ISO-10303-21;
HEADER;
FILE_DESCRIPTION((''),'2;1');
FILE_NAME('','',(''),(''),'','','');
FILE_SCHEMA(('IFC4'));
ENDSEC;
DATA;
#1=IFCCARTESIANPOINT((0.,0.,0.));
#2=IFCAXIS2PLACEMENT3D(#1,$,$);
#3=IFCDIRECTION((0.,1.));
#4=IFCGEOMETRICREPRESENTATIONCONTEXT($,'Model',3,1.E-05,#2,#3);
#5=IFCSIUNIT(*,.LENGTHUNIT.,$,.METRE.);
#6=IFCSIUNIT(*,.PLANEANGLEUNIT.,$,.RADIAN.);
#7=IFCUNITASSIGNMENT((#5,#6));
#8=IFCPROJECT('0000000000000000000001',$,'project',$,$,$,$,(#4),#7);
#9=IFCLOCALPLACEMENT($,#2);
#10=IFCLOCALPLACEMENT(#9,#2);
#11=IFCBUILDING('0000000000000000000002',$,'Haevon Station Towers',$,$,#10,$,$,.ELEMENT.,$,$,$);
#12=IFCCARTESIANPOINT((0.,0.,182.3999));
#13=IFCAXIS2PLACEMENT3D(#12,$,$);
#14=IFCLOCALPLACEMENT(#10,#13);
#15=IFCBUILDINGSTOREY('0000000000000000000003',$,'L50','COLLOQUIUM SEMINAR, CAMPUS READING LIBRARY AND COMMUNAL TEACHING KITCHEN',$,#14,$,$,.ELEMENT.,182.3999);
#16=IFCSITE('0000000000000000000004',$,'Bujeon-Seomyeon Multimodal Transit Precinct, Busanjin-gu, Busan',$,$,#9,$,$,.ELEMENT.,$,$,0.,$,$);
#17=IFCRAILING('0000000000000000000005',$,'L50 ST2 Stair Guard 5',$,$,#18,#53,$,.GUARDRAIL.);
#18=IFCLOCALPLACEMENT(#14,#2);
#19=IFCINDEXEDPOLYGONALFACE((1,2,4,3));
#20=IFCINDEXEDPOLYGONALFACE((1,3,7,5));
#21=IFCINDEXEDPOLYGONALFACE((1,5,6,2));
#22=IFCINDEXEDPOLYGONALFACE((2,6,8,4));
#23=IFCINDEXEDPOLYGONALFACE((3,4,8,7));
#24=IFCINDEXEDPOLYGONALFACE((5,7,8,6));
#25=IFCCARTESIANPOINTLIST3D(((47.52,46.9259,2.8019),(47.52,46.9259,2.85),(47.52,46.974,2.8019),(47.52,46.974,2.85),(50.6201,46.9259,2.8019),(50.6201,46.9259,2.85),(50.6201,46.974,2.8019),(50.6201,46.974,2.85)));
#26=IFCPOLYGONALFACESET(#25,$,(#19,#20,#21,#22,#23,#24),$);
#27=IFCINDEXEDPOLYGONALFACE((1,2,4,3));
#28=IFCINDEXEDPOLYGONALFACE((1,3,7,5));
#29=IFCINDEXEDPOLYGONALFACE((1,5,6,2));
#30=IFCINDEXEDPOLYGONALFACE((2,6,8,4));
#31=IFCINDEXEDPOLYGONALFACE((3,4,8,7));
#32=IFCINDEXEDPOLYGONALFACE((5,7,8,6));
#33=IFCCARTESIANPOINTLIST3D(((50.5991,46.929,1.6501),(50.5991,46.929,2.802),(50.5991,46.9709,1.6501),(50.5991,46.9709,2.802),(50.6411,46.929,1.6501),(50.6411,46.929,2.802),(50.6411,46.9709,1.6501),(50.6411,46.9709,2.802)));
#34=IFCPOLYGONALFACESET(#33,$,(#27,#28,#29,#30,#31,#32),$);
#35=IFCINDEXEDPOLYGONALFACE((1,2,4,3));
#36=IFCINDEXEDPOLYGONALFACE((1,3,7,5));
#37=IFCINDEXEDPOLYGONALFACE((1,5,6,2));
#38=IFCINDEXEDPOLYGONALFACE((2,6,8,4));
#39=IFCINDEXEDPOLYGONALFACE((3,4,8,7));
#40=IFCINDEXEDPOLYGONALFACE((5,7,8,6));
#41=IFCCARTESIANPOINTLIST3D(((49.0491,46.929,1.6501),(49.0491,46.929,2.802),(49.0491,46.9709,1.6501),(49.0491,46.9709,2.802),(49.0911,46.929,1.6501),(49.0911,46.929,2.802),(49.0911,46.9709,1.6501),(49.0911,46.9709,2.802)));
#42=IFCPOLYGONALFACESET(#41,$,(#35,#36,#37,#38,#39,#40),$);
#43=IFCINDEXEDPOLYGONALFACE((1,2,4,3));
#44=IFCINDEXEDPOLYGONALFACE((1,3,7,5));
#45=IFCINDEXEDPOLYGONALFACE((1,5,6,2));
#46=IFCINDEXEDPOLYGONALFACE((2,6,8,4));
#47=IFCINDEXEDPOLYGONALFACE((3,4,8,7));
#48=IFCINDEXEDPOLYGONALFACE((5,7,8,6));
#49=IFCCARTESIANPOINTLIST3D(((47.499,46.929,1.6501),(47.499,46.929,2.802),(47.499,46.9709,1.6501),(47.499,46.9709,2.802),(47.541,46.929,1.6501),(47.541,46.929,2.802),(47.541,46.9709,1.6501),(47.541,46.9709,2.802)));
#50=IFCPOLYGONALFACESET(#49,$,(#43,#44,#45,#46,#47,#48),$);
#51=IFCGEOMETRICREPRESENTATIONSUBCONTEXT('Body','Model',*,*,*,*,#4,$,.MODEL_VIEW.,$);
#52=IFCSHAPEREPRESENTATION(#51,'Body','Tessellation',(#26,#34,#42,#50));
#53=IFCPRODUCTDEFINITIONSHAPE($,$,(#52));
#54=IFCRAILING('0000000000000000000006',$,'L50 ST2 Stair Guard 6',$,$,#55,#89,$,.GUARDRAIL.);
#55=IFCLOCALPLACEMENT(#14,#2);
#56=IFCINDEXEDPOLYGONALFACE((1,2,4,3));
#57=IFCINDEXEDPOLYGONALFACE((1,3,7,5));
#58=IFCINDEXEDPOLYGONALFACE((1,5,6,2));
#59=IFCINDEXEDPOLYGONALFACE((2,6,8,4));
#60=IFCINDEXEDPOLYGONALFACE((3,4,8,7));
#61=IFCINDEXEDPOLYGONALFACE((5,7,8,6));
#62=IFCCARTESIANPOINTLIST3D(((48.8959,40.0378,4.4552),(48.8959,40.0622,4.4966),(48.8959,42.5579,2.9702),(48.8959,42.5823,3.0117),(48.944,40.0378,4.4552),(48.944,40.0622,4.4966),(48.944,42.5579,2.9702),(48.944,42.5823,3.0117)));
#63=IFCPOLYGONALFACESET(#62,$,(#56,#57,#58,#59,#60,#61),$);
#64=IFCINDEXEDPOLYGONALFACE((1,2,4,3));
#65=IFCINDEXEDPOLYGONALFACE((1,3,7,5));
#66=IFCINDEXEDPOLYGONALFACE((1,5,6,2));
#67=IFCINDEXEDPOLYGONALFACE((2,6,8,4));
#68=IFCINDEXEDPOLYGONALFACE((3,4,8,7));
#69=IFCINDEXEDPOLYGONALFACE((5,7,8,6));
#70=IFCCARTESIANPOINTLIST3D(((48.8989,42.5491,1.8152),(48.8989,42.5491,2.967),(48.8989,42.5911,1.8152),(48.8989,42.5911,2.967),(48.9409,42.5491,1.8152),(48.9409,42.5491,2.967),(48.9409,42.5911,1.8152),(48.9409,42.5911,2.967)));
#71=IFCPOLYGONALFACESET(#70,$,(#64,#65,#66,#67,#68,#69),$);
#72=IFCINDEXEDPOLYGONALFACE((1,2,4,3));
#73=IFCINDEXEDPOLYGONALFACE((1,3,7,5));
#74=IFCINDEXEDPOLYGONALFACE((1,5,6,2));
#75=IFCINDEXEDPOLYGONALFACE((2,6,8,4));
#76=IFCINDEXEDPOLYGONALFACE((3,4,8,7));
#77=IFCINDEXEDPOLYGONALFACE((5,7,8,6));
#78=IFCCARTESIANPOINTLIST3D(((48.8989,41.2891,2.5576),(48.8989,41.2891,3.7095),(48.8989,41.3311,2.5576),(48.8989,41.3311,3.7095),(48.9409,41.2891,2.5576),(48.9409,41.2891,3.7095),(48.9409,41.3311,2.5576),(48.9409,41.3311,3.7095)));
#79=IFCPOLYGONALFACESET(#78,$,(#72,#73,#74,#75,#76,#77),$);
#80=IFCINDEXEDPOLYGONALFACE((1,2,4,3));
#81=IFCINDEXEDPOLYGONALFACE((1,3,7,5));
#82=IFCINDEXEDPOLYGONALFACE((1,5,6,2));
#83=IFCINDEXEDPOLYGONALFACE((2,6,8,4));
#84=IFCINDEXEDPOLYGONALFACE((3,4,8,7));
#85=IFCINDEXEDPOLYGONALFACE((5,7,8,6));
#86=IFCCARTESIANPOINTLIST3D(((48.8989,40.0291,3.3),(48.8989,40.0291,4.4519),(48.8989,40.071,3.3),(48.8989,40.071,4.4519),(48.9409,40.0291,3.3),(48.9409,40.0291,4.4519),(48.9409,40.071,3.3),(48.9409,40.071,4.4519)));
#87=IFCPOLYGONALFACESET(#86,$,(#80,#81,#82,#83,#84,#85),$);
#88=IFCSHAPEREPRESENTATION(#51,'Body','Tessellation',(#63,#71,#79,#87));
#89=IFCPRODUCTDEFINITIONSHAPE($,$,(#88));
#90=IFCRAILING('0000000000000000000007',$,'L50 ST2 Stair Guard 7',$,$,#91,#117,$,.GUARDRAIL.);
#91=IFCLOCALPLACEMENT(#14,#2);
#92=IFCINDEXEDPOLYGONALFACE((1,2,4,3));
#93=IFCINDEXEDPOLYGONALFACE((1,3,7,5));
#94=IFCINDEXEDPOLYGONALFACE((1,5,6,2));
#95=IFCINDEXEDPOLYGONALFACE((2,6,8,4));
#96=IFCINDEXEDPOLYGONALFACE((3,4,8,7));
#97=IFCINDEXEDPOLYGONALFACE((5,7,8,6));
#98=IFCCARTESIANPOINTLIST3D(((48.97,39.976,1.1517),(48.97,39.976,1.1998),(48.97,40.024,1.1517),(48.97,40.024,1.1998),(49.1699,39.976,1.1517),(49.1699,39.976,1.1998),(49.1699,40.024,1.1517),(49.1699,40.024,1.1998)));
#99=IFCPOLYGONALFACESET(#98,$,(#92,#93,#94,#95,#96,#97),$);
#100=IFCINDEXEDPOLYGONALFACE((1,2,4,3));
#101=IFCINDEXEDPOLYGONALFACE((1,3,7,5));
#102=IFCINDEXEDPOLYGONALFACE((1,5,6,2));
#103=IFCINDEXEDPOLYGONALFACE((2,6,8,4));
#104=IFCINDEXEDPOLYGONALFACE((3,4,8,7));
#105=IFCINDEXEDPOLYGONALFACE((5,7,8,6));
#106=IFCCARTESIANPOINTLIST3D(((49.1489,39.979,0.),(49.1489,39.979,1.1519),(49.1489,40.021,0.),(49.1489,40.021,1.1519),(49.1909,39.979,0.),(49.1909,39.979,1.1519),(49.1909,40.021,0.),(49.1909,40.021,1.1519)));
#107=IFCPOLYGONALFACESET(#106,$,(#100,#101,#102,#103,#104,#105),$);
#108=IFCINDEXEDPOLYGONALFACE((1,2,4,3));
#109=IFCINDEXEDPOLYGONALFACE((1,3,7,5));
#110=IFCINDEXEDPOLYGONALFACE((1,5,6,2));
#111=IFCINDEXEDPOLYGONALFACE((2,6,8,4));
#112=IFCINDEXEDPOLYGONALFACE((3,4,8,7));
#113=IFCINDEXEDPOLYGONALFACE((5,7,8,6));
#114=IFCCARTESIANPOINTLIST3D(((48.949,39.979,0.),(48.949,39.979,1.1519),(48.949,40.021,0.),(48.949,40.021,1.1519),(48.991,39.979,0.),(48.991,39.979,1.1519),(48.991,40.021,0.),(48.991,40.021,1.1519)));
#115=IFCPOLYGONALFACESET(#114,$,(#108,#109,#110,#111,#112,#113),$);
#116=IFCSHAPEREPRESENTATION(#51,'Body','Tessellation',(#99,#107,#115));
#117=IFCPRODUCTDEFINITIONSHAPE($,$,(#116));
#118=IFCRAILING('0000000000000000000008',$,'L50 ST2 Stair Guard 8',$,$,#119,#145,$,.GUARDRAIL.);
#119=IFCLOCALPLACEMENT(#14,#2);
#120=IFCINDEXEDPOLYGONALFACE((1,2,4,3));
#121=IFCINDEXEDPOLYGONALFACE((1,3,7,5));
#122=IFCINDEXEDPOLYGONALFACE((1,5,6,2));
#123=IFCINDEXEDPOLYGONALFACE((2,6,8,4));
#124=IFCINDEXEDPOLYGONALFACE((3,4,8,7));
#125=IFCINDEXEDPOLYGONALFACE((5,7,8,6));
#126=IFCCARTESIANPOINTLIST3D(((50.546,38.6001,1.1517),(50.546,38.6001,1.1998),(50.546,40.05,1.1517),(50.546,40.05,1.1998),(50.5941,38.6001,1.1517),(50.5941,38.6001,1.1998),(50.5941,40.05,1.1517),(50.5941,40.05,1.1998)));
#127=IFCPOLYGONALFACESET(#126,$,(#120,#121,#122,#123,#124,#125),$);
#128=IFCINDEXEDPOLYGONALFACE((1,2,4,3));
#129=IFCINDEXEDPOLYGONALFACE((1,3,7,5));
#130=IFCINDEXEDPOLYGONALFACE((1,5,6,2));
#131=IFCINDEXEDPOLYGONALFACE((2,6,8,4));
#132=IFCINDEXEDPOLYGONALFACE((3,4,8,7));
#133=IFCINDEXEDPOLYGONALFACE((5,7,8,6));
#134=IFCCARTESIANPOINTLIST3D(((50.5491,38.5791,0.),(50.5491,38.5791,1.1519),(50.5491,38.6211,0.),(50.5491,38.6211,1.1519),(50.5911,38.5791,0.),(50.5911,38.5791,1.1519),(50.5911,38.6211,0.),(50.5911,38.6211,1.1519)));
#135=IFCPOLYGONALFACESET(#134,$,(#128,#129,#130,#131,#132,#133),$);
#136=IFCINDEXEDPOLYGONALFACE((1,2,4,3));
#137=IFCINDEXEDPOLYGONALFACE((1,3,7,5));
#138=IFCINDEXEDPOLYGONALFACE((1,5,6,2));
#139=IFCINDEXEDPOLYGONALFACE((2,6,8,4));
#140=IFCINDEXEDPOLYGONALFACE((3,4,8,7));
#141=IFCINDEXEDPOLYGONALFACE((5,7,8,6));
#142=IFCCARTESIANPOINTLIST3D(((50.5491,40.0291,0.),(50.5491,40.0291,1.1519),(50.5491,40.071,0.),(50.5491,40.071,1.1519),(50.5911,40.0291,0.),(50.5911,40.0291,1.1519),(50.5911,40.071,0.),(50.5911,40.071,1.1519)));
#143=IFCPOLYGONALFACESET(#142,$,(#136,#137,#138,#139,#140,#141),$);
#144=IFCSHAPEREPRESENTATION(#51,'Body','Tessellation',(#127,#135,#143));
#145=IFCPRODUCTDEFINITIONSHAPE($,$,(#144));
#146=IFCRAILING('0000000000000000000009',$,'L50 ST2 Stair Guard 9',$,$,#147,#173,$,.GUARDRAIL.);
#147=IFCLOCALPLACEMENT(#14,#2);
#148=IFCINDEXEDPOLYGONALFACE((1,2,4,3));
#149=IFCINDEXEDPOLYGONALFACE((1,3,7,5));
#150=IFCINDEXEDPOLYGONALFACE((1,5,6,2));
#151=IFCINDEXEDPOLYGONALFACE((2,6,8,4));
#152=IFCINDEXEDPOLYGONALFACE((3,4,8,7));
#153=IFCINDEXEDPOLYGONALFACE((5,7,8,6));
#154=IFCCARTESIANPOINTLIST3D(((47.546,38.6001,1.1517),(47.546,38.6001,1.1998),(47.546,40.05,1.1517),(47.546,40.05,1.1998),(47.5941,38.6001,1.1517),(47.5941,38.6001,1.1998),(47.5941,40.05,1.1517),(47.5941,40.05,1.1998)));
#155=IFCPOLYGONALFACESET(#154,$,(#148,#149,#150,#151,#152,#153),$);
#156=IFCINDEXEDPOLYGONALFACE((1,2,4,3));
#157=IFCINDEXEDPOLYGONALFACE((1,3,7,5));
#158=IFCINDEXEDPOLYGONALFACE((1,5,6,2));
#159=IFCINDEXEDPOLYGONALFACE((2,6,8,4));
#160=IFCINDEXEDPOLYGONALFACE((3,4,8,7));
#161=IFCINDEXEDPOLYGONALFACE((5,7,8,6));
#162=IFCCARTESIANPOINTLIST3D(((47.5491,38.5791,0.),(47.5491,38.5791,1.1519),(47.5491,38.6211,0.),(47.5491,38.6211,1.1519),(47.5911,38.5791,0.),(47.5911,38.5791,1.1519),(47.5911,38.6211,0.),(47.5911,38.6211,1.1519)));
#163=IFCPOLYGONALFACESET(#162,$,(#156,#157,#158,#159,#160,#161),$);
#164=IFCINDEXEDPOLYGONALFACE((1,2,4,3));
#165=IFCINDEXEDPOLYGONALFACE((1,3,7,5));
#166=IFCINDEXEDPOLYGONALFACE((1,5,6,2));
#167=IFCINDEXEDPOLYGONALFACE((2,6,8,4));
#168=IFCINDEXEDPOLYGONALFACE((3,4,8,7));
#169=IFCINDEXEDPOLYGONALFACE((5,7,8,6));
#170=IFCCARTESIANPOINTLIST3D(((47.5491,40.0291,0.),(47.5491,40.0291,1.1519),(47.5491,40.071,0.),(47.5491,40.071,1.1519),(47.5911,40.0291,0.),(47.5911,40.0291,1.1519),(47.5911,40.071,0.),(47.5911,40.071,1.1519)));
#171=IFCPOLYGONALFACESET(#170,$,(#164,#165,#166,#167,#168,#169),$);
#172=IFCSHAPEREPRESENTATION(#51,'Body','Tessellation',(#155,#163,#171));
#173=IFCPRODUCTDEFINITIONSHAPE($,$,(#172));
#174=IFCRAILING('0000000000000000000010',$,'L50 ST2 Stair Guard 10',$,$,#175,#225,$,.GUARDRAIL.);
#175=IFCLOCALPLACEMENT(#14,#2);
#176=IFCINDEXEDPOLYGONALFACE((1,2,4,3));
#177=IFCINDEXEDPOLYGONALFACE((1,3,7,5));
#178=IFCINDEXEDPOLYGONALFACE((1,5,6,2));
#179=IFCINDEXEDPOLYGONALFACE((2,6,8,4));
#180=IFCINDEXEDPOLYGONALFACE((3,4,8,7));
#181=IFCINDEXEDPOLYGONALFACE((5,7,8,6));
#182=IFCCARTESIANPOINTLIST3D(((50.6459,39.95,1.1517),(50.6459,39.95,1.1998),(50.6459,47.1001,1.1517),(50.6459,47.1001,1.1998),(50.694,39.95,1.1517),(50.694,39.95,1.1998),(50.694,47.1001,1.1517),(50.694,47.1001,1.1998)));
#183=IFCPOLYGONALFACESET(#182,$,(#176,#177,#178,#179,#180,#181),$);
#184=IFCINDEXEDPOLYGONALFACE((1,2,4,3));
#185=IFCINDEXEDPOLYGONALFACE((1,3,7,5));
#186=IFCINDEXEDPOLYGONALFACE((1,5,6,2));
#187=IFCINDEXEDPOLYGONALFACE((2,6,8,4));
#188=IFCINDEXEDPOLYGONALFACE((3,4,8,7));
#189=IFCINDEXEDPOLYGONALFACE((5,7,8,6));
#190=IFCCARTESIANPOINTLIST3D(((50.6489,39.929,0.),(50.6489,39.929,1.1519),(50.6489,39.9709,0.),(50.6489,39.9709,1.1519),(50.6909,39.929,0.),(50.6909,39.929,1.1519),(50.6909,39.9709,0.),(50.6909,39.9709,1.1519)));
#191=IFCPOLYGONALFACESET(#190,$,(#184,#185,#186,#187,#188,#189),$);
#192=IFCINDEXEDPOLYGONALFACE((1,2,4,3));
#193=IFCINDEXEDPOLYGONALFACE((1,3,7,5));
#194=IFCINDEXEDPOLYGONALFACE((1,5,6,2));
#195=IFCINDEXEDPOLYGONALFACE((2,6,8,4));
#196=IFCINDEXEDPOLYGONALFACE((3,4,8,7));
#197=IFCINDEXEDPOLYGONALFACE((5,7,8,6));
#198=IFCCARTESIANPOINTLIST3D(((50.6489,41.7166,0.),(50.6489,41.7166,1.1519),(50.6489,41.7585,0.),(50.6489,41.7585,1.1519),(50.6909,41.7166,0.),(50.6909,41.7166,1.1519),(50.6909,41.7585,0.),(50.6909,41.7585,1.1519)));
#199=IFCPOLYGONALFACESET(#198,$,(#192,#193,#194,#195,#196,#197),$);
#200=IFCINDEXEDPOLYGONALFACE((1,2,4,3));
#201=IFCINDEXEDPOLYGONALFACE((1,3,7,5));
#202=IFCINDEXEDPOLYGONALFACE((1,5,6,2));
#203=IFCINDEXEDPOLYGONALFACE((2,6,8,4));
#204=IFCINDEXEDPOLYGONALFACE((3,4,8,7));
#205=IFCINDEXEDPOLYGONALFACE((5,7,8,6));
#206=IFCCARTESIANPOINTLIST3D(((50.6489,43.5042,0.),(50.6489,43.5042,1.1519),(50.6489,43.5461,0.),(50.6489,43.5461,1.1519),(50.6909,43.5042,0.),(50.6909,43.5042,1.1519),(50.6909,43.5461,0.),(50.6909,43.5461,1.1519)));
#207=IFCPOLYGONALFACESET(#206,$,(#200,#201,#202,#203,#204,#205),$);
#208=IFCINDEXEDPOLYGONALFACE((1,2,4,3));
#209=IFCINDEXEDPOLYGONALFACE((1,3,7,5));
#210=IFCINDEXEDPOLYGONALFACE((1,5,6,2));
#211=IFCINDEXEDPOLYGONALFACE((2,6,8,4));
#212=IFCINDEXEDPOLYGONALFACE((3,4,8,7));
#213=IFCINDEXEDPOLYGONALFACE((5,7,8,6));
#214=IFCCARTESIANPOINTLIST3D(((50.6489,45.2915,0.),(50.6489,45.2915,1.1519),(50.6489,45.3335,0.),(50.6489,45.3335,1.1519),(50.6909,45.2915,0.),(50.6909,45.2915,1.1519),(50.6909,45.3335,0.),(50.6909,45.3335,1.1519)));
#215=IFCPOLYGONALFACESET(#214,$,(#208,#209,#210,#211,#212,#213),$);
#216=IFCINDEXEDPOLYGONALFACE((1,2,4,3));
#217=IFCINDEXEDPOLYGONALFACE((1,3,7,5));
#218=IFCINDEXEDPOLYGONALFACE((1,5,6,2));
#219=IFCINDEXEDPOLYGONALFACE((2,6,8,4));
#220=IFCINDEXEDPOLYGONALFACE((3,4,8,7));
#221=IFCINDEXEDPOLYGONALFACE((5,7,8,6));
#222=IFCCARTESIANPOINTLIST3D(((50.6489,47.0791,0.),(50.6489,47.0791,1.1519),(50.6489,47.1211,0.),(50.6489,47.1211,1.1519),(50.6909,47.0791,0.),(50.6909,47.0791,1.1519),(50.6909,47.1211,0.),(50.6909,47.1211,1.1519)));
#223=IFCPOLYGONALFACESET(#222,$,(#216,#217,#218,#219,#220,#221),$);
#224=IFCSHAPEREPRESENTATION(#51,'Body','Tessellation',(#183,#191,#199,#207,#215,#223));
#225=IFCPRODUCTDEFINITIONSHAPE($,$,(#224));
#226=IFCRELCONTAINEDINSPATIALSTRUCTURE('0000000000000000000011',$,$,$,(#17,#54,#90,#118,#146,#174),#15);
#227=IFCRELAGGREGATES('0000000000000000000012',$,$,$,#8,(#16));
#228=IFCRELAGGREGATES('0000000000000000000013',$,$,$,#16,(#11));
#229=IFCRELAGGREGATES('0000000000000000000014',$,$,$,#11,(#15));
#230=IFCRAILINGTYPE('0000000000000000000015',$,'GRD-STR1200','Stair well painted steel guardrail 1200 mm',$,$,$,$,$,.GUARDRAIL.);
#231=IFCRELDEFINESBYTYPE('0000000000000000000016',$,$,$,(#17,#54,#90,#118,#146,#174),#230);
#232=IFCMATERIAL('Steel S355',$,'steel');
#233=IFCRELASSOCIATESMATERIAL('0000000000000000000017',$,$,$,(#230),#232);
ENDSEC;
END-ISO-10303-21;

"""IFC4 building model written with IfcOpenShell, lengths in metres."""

from ifc_helpers import new_model, si_unit, direction, frame, origin, origin_2d, place, context, subcontext, project, spatial, rectangle, extrude, material, type_object, element, save


model = new_model("IFC4")

# Units and contexts
model_context = context("Model", 3, precision=1e-05, world=origin(), true_north=direction((0.0, 1.0)))
body_context = subcontext(model_context, "Body", "Model", "MODEL_VIEW")
ifc_project = project(units=[si_unit("LENGTHUNIT", "METRE"), si_unit("PLANEANGLEUNIT", "RADIAN")], contexts=[model_context])

# Site, building, storey
site_placement = place(None, origin())
site = spatial("IfcSite", under=ifc_project, at=site_placement, Name="Bujeon-Seomyeon Multimodal Transit Precinct, Busanjin-gu, Busan", CompositionType="ELEMENT", RefElevation=0.0)
building_placement = place(site_placement, origin())
building = spatial("IfcBuilding", under=site, at=building_placement, Name="Haevon Station Towers", CompositionType="ELEMENT")
storey_placement = place(building_placement, frame((0.0, 0.0, 182.3999)))
storey = spatial("IfcBuildingStorey", under=building, at=storey_placement, Name="L50", Description="COLLOQUIUM SEMINAR, CAMPUS READING LIBRARY AND COMMUNAL TEACHING KITCHEN", CompositionType="ELEMENT", Elevation=182.3999)

# Shared definitions
ifc_material_1 = material(Name="Steel S355", Category="steel")

# Railings
railing_type_1 = type_object("IfcRailingType", Name="GRD-STR1200", Description="Stair well painted steel guardrail 1200 mm", PredefinedType="GUARDRAIL", material=ifc_material_1)
railing_1_placement = place(storey_placement, frame((50.6201, 46.95, 1.6501)))
element("IfcRailing", 1, at=railing_1_placement, inside=storey, type_object=railing_type_1, Name="L50 ST2 Stair Guard 5", PredefinedType="GUARDRAIL", context=body_context, shape_type="SweptSolid", body=[
    extrude(rectangle(XDim=0.0481, YDim=0.0481, at=origin_2d()), frame((0.0, 0.0, 1.1758), z_axis=(-1.0, 0.0, 0.0), x_axis=(0.0, -1.0, 0.0)), (0.0, 0.0, 1.0), 3.1001),
    extrude(rectangle(XDim=0.042, YDim=0.042, at=origin_2d()), origin(), (0.0, 0.0, 1.0), 1.1519),
    extrude(rectangle(XDim=0.042, YDim=0.042, at=origin_2d()), frame((-1.55, 0.0, 0.0)), (0.0, 0.0, 1.0), 1.1519),
    extrude(rectangle(XDim=0.042, YDim=0.042, at=origin_2d()), frame((-3.1001, 0.0, 0.0)), (0.0, 0.0, 1.0), 1.1519),
])
railing_2_placement = place(storey_placement, frame((48.9199, 42.5701, 1.8152)))
element("IfcRailing", 2, at=railing_2_placement, inside=storey, type_object=railing_type_1, Name="L50 ST2 Stair Guard 6", PredefinedType="GUARDRAIL", context=body_context, shape_type="SweptSolid", body=[
    extrude(rectangle(XDim=0.0481, YDim=0.0481, at=origin_2d()), frame((0.0, 0.0, 1.1758), z_axis=(0.0, -0.861561, 0.507655), x_axis=(1.0, 0.0, 0.0)), (0.0, 0.0, 1.0), 2.925),
    extrude(rectangle(XDim=0.042, YDim=0.042, at=origin_2d()), origin(), (0.0, 0.0, 1.0), 1.1519),
    extrude(rectangle(XDim=0.042, YDim=0.042, at=origin_2d()), frame((0.0, -1.26, 0.7424)), (0.0, 0.0, 1.0), 1.1519),
    extrude(rectangle(XDim=0.042, YDim=0.042, at=origin_2d()), frame((0.0, -2.52, 1.4849)), (0.0, 0.0, 1.0), 1.1519),
])
railing_3_placement = place(storey_placement, frame((49.1699, 40.0, 0.0)))
element("IfcRailing", 3, at=railing_3_placement, inside=storey, type_object=railing_type_1, Name="L50 ST2 Stair Guard 7", PredefinedType="GUARDRAIL", context=body_context, shape_type="SweptSolid", body=[
    extrude(rectangle(XDim=0.0481, YDim=0.0481, at=origin_2d()), frame((0.0, 0.0, 1.1758), z_axis=(-1.0, 0.0, 0.0), x_axis=(0.0, -1.0, 0.0)), (0.0, 0.0, 1.0), 0.2),
    extrude(rectangle(XDim=0.042, YDim=0.042, at=origin_2d()), origin(), (0.0, 0.0, 1.0), 1.1519),
    extrude(rectangle(XDim=0.042, YDim=0.042, at=origin_2d()), frame((-0.2, 0.0, 0.0)), (0.0, 0.0, 1.0), 1.1519),
])
for number, where, name in (
    (4, (50.5701, 38.6001, 0.0), "L50 ST2 Stair Guard 8"),
    (5, (47.5701, 38.6001, 0.0), "L50 ST2 Stair Guard 9"),
):
    element("IfcRailing", number, at=place(storey_placement, frame(where)), inside=storey, type_object=railing_type_1, Name=name, PredefinedType="GUARDRAIL", context=body_context, shape_type="SweptSolid", body=[
        extrude(rectangle(XDim=0.0481, YDim=0.0481, at=origin_2d()), frame((0.0, 0.0, 1.1758), z_axis=(0.0, 1.0, 0.0), x_axis=(-1.0, 0.0, 0.0)), (0.0, 0.0, 1.0), 1.45),
        extrude(rectangle(XDim=0.042, YDim=0.042, at=origin_2d()), origin(), (0.0, 0.0, 1.0), 1.1519),
        extrude(rectangle(XDim=0.042, YDim=0.042, at=origin_2d()), frame((0.0, 1.45, 0.0)), (0.0, 0.0, 1.0), 1.1519),
    ])
for number, where, name in (
    (6, (50.6699, 39.95, 0.0), "L50 ST2 Stair Guard 10"),
):
    element("IfcRailing", number, at=place(storey_placement, frame(where)), inside=storey, type_object=railing_type_1, Name=name, PredefinedType="GUARDRAIL", context=body_context, shape_type="SweptSolid", body=[
        extrude(rectangle(XDim=0.0481, YDim=0.0481, at=origin_2d()), frame((0.0, 0.0, 1.1758), z_axis=(0.0, 1.0, 0.0), x_axis=(-1.0, 0.0, 0.0)), (0.0, 0.0, 1.0), 7.1501),
        extrude(rectangle(XDim=0.042, YDim=0.042, at=origin_2d()), origin(), (0.0, 0.0, 1.0), 1.1519),
        extrude(rectangle(XDim=0.042, YDim=0.042, at=origin_2d()), frame((0.0, 1.7876, 0.0)), (0.0, 0.0, 1.0), 1.1519),
        extrude(rectangle(XDim=0.042, YDim=0.042, at=origin_2d()), frame((0.0, 3.5752, 0.0)), (0.0, 0.0, 1.0), 1.1519),
        extrude(rectangle(XDim=0.042, YDim=0.042, at=origin_2d()), frame((0.0, 5.3625, 0.0)), (0.0, 0.0, 1.0), 1.1519),
        extrude(rectangle(XDim=0.042, YDim=0.042, at=origin_2d()), frame((0.0, 7.1501, 0.0)), (0.0, 0.0, 1.0), 1.1519),
    ])

save(model, "model.ifc")
